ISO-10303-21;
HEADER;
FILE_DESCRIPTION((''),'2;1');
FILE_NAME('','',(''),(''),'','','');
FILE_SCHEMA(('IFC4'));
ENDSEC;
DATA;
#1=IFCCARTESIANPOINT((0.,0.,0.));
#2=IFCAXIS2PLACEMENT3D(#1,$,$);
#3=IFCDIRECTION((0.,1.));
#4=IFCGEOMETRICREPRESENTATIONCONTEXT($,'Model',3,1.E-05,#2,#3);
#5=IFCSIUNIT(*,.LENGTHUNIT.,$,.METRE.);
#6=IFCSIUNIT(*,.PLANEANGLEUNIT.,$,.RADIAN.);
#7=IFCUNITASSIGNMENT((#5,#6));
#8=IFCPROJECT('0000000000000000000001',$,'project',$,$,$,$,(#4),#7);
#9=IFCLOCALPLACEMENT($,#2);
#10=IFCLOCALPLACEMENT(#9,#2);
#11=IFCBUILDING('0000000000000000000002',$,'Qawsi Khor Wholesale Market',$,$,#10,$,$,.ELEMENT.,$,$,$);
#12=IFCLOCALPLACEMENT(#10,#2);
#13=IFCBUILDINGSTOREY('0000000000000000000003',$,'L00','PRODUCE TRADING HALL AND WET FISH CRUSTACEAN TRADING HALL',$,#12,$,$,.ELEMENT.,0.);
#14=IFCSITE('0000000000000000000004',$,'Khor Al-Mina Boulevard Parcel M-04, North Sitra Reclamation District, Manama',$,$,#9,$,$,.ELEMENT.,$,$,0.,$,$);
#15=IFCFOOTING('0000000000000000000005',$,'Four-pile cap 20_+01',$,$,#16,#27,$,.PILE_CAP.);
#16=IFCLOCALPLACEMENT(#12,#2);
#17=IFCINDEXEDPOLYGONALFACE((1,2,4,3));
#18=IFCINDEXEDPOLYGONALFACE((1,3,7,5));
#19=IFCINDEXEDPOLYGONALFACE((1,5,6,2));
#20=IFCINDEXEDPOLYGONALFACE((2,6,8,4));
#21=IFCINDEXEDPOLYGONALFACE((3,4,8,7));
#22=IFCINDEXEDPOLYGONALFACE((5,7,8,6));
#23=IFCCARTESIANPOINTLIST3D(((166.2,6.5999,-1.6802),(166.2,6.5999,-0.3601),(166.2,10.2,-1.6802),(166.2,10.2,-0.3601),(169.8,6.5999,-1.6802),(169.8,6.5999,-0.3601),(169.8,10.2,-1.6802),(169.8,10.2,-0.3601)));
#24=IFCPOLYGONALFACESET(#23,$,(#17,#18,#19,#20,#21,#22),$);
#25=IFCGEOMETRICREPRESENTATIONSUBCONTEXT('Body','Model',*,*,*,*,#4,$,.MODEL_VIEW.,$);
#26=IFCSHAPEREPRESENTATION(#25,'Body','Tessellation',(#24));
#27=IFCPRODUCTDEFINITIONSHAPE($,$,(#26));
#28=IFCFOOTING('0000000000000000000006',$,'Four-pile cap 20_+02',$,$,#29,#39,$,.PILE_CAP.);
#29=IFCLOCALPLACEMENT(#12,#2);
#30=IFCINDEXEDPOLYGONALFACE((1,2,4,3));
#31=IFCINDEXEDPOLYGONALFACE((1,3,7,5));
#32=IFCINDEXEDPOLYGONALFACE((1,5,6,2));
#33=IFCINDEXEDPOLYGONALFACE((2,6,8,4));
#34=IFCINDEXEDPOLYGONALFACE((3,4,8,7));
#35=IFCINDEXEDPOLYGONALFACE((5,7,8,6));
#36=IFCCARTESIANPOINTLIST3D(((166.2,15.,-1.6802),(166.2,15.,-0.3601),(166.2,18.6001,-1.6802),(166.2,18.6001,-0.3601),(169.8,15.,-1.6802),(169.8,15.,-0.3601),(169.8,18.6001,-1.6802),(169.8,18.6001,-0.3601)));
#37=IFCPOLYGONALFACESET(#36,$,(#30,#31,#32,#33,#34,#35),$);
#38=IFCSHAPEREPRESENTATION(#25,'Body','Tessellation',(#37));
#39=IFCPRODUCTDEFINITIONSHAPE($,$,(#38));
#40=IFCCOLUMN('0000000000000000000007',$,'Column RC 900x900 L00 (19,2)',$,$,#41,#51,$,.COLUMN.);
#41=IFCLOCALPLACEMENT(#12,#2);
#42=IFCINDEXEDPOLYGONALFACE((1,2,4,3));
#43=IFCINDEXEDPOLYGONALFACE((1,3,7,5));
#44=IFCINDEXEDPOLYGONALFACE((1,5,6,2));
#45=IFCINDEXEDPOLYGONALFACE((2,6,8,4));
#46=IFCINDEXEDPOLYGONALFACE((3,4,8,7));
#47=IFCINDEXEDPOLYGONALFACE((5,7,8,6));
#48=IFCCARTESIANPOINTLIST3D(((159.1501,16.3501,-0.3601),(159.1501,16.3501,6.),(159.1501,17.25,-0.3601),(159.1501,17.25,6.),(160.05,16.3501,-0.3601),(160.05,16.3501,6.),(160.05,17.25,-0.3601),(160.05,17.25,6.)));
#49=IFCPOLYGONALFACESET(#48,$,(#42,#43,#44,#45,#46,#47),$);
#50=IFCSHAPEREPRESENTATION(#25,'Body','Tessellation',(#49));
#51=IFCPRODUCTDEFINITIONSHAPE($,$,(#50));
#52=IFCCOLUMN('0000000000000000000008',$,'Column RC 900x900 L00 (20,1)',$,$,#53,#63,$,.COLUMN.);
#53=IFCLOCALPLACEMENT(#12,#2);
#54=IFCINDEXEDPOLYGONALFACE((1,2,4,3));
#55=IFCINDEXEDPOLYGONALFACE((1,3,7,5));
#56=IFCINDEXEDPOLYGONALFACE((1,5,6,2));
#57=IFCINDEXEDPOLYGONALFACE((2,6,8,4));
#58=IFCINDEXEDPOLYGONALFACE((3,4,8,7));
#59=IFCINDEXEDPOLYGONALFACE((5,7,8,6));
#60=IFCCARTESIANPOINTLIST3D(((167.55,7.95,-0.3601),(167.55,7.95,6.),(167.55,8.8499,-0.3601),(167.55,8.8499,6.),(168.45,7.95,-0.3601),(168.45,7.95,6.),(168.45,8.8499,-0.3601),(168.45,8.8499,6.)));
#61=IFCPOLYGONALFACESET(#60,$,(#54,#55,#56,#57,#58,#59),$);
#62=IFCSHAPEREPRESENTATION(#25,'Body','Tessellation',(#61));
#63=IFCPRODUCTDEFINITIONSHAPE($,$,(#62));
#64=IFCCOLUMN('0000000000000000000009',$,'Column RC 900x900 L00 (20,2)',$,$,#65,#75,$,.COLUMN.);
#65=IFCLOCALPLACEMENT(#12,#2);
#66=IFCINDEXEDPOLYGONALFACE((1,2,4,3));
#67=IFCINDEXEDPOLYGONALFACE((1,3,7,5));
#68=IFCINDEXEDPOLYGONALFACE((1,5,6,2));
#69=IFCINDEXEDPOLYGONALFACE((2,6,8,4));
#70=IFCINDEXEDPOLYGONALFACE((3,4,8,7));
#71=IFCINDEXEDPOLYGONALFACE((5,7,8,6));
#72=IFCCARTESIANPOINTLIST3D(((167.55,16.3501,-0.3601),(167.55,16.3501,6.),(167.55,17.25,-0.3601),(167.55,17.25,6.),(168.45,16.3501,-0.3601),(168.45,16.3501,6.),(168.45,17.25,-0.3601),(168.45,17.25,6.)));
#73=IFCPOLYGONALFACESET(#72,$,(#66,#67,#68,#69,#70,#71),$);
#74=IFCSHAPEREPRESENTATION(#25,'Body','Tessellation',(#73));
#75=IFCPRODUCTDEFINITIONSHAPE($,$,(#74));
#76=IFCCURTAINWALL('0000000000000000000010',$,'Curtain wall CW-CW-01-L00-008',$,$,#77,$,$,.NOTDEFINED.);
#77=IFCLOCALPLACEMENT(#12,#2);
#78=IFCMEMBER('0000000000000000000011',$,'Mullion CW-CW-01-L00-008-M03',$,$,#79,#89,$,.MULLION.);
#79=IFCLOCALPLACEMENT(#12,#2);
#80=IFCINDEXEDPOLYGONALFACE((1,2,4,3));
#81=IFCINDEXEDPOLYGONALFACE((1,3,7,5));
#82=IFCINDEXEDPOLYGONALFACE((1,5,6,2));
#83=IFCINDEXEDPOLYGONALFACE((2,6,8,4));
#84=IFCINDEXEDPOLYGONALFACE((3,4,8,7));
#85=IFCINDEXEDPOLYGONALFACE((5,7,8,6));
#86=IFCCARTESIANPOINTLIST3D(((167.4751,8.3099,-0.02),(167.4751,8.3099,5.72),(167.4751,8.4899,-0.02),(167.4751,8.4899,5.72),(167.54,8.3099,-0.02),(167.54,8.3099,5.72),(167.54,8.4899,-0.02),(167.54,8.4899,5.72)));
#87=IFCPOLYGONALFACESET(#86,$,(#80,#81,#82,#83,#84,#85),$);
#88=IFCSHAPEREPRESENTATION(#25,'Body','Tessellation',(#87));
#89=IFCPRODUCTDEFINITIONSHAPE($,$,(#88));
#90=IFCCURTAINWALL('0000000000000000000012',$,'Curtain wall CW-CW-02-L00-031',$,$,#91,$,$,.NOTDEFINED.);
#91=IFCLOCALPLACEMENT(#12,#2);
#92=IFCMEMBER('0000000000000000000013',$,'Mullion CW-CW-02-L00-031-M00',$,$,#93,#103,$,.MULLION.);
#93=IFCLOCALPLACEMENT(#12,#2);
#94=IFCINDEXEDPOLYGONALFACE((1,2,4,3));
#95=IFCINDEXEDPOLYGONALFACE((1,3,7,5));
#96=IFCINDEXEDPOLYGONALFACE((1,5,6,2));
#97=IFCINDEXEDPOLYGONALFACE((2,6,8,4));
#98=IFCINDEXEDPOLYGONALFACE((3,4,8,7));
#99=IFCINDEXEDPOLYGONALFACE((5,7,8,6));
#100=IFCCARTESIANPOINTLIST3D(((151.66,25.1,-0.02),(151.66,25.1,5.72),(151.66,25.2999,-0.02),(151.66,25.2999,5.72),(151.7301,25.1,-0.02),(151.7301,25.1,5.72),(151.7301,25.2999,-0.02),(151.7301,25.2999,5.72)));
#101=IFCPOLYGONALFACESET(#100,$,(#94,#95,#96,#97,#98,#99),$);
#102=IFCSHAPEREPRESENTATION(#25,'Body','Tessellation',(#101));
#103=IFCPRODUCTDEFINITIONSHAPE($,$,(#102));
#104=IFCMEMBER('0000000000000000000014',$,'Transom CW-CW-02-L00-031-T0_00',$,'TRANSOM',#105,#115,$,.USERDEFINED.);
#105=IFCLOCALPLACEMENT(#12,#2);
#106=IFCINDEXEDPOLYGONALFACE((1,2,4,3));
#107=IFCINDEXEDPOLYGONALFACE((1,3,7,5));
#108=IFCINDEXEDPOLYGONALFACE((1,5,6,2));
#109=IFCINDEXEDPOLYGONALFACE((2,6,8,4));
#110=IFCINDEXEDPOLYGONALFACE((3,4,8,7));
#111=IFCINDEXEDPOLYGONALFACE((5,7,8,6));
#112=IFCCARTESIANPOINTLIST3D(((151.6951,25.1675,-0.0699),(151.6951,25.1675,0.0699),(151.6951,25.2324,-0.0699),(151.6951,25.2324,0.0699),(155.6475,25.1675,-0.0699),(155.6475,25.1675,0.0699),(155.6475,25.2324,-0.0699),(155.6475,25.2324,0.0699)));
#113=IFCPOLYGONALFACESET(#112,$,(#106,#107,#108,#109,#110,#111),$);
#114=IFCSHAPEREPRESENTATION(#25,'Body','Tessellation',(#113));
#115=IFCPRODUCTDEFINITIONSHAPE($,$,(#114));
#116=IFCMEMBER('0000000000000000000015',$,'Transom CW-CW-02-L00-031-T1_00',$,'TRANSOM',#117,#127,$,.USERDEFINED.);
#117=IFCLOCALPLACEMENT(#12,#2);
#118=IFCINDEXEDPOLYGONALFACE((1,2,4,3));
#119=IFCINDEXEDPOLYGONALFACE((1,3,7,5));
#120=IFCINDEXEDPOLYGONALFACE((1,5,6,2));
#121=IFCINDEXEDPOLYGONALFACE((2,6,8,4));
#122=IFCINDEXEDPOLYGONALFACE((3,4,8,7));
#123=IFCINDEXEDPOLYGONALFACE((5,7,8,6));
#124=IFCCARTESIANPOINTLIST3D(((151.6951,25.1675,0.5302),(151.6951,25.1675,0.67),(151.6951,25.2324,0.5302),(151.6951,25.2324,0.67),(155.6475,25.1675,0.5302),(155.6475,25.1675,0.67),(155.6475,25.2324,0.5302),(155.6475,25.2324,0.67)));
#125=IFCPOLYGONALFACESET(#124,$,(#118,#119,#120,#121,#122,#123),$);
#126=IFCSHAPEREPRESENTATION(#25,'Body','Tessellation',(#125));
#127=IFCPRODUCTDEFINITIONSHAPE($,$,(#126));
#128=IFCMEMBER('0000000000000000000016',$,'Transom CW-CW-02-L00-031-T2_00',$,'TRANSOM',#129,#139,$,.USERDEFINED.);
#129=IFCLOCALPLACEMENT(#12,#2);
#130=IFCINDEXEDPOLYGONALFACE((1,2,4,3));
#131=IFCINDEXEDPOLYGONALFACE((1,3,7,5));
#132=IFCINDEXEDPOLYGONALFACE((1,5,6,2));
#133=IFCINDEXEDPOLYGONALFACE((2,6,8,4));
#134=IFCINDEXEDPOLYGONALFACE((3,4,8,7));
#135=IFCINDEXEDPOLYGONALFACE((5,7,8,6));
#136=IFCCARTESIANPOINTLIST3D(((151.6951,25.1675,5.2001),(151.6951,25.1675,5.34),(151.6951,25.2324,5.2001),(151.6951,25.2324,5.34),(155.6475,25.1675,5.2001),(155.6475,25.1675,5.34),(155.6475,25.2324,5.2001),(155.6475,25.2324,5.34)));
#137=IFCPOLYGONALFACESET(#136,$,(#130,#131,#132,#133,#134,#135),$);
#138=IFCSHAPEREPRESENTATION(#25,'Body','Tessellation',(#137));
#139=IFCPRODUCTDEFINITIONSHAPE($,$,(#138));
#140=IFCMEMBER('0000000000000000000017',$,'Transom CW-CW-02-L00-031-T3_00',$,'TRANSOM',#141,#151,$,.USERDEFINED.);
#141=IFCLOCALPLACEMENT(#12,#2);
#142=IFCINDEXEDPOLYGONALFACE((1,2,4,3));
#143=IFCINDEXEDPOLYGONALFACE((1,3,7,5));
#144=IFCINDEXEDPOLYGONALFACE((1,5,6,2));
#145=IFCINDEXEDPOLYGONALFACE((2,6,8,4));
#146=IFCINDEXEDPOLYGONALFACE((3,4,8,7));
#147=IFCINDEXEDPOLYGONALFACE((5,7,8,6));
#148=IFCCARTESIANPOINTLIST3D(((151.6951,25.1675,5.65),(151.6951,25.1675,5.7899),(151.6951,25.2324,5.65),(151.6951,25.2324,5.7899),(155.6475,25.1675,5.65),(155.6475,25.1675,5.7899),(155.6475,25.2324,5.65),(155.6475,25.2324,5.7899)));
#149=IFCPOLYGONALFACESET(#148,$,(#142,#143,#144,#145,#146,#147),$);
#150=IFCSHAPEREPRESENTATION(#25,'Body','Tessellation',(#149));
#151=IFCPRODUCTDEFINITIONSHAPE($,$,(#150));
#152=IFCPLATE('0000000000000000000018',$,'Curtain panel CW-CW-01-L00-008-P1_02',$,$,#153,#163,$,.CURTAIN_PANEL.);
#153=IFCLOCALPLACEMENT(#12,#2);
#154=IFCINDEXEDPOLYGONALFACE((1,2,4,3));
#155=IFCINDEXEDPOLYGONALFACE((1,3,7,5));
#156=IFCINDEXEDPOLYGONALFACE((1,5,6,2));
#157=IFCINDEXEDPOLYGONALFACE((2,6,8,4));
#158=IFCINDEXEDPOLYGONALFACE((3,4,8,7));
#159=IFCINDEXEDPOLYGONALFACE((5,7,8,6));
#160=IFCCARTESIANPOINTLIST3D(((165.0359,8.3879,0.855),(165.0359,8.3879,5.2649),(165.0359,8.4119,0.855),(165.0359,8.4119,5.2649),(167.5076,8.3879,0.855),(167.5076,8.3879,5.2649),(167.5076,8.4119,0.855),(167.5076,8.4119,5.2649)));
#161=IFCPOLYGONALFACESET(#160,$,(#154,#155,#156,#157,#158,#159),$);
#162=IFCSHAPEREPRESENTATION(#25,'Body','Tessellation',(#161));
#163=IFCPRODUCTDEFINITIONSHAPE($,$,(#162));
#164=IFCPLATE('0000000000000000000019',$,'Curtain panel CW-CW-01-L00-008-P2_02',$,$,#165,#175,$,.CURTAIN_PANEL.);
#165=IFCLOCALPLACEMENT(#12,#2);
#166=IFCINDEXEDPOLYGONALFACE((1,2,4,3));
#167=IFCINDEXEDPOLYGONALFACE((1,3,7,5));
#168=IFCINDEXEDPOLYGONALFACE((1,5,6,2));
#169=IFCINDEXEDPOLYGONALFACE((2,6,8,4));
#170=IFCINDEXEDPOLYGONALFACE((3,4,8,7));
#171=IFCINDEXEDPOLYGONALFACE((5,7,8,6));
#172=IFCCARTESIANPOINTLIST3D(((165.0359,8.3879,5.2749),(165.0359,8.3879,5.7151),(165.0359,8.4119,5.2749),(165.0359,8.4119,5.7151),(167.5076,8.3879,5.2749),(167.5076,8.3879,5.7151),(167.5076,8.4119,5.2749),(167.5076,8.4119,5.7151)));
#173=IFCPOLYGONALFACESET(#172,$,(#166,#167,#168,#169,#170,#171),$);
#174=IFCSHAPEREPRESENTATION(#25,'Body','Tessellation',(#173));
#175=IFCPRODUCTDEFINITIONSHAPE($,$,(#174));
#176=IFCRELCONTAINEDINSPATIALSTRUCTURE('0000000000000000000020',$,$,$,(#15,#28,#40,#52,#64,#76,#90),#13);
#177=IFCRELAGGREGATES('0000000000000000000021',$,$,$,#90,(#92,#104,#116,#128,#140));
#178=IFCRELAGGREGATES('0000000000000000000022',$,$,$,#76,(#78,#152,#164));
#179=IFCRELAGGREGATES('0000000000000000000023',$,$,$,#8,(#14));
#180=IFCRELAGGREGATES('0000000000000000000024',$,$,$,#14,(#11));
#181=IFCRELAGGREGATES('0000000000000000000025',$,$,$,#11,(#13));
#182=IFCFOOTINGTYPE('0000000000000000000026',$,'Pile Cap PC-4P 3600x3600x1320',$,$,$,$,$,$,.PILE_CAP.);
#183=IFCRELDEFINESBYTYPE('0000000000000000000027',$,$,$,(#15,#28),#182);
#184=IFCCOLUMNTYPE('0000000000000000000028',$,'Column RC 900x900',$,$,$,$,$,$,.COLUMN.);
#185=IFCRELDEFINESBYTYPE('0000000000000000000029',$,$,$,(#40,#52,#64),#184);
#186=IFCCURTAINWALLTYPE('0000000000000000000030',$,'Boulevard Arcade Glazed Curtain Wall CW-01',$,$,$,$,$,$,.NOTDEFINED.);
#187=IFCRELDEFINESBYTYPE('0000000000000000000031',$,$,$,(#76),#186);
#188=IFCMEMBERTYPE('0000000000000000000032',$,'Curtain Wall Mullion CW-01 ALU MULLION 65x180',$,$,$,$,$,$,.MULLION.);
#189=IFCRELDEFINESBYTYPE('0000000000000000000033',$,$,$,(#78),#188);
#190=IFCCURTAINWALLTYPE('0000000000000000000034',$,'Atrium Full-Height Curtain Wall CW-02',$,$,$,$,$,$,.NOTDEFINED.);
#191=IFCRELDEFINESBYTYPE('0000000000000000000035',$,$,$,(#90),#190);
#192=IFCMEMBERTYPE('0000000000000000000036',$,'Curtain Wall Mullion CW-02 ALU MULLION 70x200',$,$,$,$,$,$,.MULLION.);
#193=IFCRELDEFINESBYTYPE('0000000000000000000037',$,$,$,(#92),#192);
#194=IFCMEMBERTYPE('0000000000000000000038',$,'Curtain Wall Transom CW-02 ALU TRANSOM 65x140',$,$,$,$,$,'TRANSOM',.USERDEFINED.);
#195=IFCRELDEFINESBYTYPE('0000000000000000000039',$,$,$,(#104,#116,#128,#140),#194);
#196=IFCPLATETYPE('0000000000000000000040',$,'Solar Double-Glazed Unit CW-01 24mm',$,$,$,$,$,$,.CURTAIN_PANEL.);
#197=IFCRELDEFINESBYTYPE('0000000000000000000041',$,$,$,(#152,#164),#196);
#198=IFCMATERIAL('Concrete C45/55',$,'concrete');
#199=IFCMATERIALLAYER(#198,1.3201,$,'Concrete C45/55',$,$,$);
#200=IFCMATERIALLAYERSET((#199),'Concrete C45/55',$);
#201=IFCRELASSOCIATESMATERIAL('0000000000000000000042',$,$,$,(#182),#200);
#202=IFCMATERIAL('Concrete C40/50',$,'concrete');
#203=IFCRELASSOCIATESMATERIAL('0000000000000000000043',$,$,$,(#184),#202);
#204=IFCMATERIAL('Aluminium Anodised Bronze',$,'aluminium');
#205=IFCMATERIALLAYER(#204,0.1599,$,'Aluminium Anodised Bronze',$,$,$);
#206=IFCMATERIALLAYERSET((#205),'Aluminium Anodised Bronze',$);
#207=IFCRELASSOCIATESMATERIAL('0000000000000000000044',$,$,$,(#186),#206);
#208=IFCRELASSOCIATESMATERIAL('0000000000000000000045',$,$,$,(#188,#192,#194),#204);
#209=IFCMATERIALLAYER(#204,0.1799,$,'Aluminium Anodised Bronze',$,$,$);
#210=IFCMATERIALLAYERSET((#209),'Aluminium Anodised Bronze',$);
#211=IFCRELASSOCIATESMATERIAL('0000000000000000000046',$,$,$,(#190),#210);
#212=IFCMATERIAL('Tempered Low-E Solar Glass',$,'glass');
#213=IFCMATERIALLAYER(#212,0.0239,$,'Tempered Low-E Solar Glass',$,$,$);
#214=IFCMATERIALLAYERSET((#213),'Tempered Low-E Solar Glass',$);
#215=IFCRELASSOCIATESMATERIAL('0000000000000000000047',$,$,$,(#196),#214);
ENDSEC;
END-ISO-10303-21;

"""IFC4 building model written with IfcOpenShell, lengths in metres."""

from ifc_helpers import new_model, si_unit, direction, frame, frame_2d, origin, origin_2d, place, context, subcontext, project, spatial, rectangle, extrude, material, layer, layer_set, material_profile, profile_set, type_object, element, aggregate, save


model = new_model("IFC4")

# Units and contexts
model_context = context("Model", 3, precision=1e-05, world=origin(), true_north=direction((0.0, 1.0)))
body_context = subcontext(model_context, "Body", "Model", "MODEL_VIEW")
ifc_project = project(units=[si_unit("LENGTHUNIT", "METRE"), si_unit("PLANEANGLEUNIT", "RADIAN")], contexts=[model_context])

# Site, building, storey
site_placement = place(None, origin())
site = spatial("IfcSite", under=ifc_project, at=site_placement, Name="Khor Al-Mina Boulevard Parcel M-04, North Sitra Reclamation District, Manama", CompositionType="ELEMENT", RefElevation=0.0)
building_placement = place(site_placement, origin())
building = spatial("IfcBuilding", under=site, at=building_placement, Name="Qawsi Khor Wholesale Market", CompositionType="ELEMENT")
storey_placement = place(building_placement, origin())
storey = spatial("IfcBuildingStorey", under=building, at=storey_placement, Name="L00", Description="PRODUCE TRADING HALL AND WET FISH CRUSTACEAN TRADING HALL", CompositionType="ELEMENT", Elevation=0.0)

# Shared definitions
ifc_material_1 = material(Name="Concrete C45/55", Category="concrete")

# Footings
ifc_layer_1 = layer(ifc_material_1, 1.3201, Name="Concrete C45/55")
ifc_layer_set_1 = layer_set([ifc_layer_1], Name="Concrete C45/55")
footing_type_1 = type_object("IfcFootingType", Name="Pile Cap PC-4P 3600x3600x1320", PredefinedType="PILE_CAP", material=ifc_layer_set_1)
for number, where, z_axis, x_axis, name in (
    (1, (168.0, 8.3999, -1.6802), (0.0, 0.0, 1.0), (1.0, 0.0, 0.0), "Four-pile cap 20_+01"),
    (2, (168.0, 16.8, -1.6802), (0.0, 0.0, 1.0), (1.0, 0.0, 0.0), "Four-pile cap 20_+02"),
):
    element("IfcFooting", number, at=place(storey_placement, frame(where, z_axis=z_axis, x_axis=x_axis)), inside=storey, type_object=footing_type_1, Name=name, PredefinedType="PILE_CAP", context=body_context, shape_type="SweptSolid", body=[
        extrude(rectangle(XDim=3.6001, YDim=3.6001, at=origin_2d()), origin(), (0.0, 0.0, 1.0), 1.3201),
    ])

# Columns
ifc_material_2 = material(Name="Concrete C40/50", Category="concrete")
ifc_material_profile_1 = material_profile(ifc_material_2, rectangle(XDim=0.8999, YDim=0.8999, at=origin_2d()), Name="RC 900x900")
ifc_profile_set_1 = profile_set([ifc_material_profile_1], Name="Concrete C40/50")
column_type = type_object("IfcColumnType", Name="Column RC 900x900", PredefinedType="COLUMN", material=ifc_profile_set_1)
for number, where, z_axis, x_axis, name in (
    (3, (159.6001, 16.8, -0.3601), (0.0, 0.0, 1.0), (1.0, 0.0, 0.0), "Column RC 900x900 L00 (19,2)"),
    (4, (168.0, 8.3999, -0.3601), (0.0, 0.0, 1.0), (1.0, 0.0, 0.0), "Column RC 900x900 L00 (20,1)"),
    (5, (168.0, 16.8, -0.3601), (0.0, 0.0, 1.0), (1.0, 0.0, 0.0), "Column RC 900x900 L00 (20,2)"),
):
    element("IfcColumn", number, at=place(storey_placement, frame(where, z_axis=z_axis, x_axis=x_axis)), inside=storey, type_object=column_type, Name=name, PredefinedType="COLUMN", context=body_context, shape_type="SweptSolid", body=[
        extrude(rectangle(XDim=0.8999, YDim=0.8999, at=origin_2d()), origin(), (0.0, 0.0, 1.0), 6.3601),
    ])

# Curtain wall, member
ifc_material_3 = material(Name="Aluminium Anodised Bronze", Category="aluminium")
ifc_layer_2 = layer(ifc_material_3, 0.1599, Name="Aluminium Anodised Bronze")
ifc_layer_set_2 = layer_set([ifc_layer_2], Name="Aluminium Anodised Bronze")
curtain_wall_type_1 = type_object("IfcCurtainWallType", Name="Boulevard Arcade Glazed Curtain Wall CW-01", PredefinedType="NOTDEFINED", material=ifc_layer_set_2)
curtain_wall_1_placement = place(storey_placement, origin())
curtain_wall_1 = element("IfcCurtainWall", 6, at=curtain_wall_1_placement, inside=storey, type_object=curtain_wall_type_1, Name="Curtain wall CW-CW-01-L00-008", PredefinedType="NOTDEFINED")
ifc_material_profile_2 = material_profile(ifc_material_3, rectangle(XDim=0.0649, YDim=0.1799, at=origin_2d()), Name="ALU MULLION 65x180")
ifc_profile_set_2 = profile_set([ifc_material_profile_2], Name="Aluminium Anodised Bronze")
member_type_1 = type_object("IfcMemberType", Name="Curtain Wall Mullion CW-01 ALU MULLION 65x180", PredefinedType="MULLION", material=ifc_profile_set_2)
member_1_placement = place(storey_placement, frame((167.5076, 8.3999, -0.02), z_axis=(0.0, 0.0, 1.0), x_axis=(1.0, 0.0, 0.0)))
member_1 = element("IfcMember", 7, at=member_1_placement, type_object=member_type_1, Name="Mullion CW-CW-01-L00-008-M03", PredefinedType="MULLION", context=body_context, shape_type="SweptSolid", body=[
    extrude(rectangle(XDim=0.0649, YDim=0.1799, at=origin_2d()), origin(), (0.0, 0.0, 1.0), 5.74),
])

# Curtain wall, members
ifc_layer_3 = layer(ifc_material_3, 0.1799, Name="Aluminium Anodised Bronze")
ifc_layer_set_3 = layer_set([ifc_layer_3], Name="Aluminium Anodised Bronze")
curtain_wall_type_2 = type_object("IfcCurtainWallType", Name="Atrium Full-Height Curtain Wall CW-02", PredefinedType="NOTDEFINED", material=ifc_layer_set_3)
curtain_wall_2_placement = place(storey_placement, origin())
curtain_wall_2 = element("IfcCurtainWall", 8, at=curtain_wall_2_placement, inside=storey, type_object=curtain_wall_type_2, Name="Curtain wall CW-CW-02-L00-031", PredefinedType="NOTDEFINED")
ifc_material_profile_3 = material_profile(ifc_material_3, rectangle(XDim=0.0701, YDim=0.2, at=origin_2d()), Name="ALU MULLION 70x200")
ifc_profile_set_3 = profile_set([ifc_material_profile_3], Name="Aluminium Anodised Bronze")
member_type_2 = type_object("IfcMemberType", Name="Curtain Wall Mullion CW-02 ALU MULLION 70x200", PredefinedType="MULLION", material=ifc_profile_set_3)
member_2_placement = place(storey_placement, frame((151.6951, 25.2, -0.02), z_axis=(0.0, 0.0, 1.0), x_axis=(1.0, 0.0, 0.0)))
member_2 = element("IfcMember", 9, at=member_2_placement, type_object=member_type_2, Name="Mullion CW-CW-02-L00-031-M00", PredefinedType="MULLION", context=body_context, shape_type="SweptSolid", body=[
    extrude(rectangle(XDim=0.0701, YDim=0.2, at=origin_2d()), origin(), (0.0, 0.0, 1.0), 5.74),
])
ifc_material_profile_4 = material_profile(ifc_material_3, rectangle(XDim=0.0649, YDim=0.1399, at=origin_2d()), Name="ALU TRANSOM 65x140")
ifc_profile_set_4 = profile_set([ifc_material_profile_4], Name="Aluminium Anodised Bronze")
member_type_3 = type_object("IfcMemberType", Name="Curtain Wall Transom CW-02 ALU TRANSOM 65x140", ElementType="TRANSOM", PredefinedType="USERDEFINED", material=ifc_profile_set_4)
member_3_placement = place(storey_placement, frame((151.6951, 25.2, 0.0), z_axis=(1.0, 0.0, 0.0), x_axis=(0.0, 1.0, 0.0)))
member_3 = element("IfcMember", 10, at=member_3_placement, type_object=member_type_3, Name="Transom CW-CW-02-L00-031-T0_00", ObjectType="TRANSOM", PredefinedType="USERDEFINED", context=body_context, shape_type="SweptSolid", body=[
    extrude(rectangle(XDim=0.0649, YDim=0.1399, at=origin_2d()), origin(), (0.0, 0.0, 1.0), 3.9524),
])
member_4_placement = place(storey_placement, frame((151.6951, 25.2, 0.6001), z_axis=(1.0, 0.0, 0.0), x_axis=(0.0, 1.0, 0.0)))
member_4 = element("IfcMember", 11, at=member_4_placement, type_object=member_type_3, Name="Transom CW-CW-02-L00-031-T1_00", ObjectType="TRANSOM", PredefinedType="USERDEFINED", context=body_context, shape_type="SweptSolid", body=[
    extrude(rectangle(XDim=0.0649, YDim=0.1399, at=origin_2d()), origin(), (0.0, 0.0, 1.0), 3.9524),
])
member_5_placement = place(storey_placement, frame((151.6951, 25.2, 5.27), z_axis=(1.0, 0.0, 0.0), x_axis=(0.0, 1.0, 0.0)))
member_5 = element("IfcMember", 12, at=member_5_placement, type_object=member_type_3, Name="Transom CW-CW-02-L00-031-T2_00", ObjectType="TRANSOM", PredefinedType="USERDEFINED", context=body_context, shape_type="SweptSolid", body=[
    extrude(rectangle(XDim=0.0649, YDim=0.1399, at=origin_2d()), origin(), (0.0, 0.0, 1.0), 3.9524),
])
member_6_placement = place(storey_placement, frame((151.6951, 25.2, 5.72), z_axis=(1.0, 0.0, 0.0), x_axis=(0.0, 1.0, 0.0)))
member_6 = element("IfcMember", 13, at=member_6_placement, type_object=member_type_3, Name="Transom CW-CW-02-L00-031-T3_00", ObjectType="TRANSOM", PredefinedType="USERDEFINED", context=body_context, shape_type="SweptSolid", body=[
    extrude(rectangle(XDim=0.0649, YDim=0.1399, at=origin_2d()), origin(), (0.0, 0.0, 1.0), 3.9524),
])
aggregate(curtain_wall_2, [member_2, member_3, member_4, member_5, member_6])

# Plates
ifc_material_4 = material(Name="Tempered Low-E Solar Glass", Category="glass")
ifc_layer_4 = layer(ifc_material_4, 0.0239, Name="Tempered Low-E Solar Glass")
ifc_layer_set_4 = layer_set([ifc_layer_4], Name="Tempered Low-E Solar Glass")
plate_type = type_object("IfcPlateType", Name="Solar Double-Glazed Unit CW-01 24mm", PredefinedType="CURTAIN_PANEL", material=ifc_layer_set_4)
plate_1_placement = place(storey_placement, frame((165.0359, 8.3999, 0.855), z_axis=(0.0, 0.0, 1.0), x_axis=(1.0, 0.0, 0.0)))
plate_1 = element("IfcPlate", 14, at=plate_1_placement, type_object=plate_type, Name="Curtain panel CW-CW-01-L00-008-P1_02", PredefinedType="CURTAIN_PANEL", context=body_context, shape_type="SweptSolid", body=[
    extrude(rectangle(XDim=2.4717, YDim=0.0239, at=frame_2d((1.2358, 0.0))), origin(), (0.0, 0.0, 1.0), 4.4099),
])
plate_2_placement = place(storey_placement, frame((165.0359, 8.3999, 5.2749), z_axis=(0.0, 0.0, 1.0), x_axis=(1.0, 0.0, 0.0)))
plate_2 = element("IfcPlate", 15, at=plate_2_placement, type_object=plate_type, Name="Curtain panel CW-CW-01-L00-008-P2_02", PredefinedType="CURTAIN_PANEL", context=body_context, shape_type="SweptSolid", body=[
    extrude(rectangle(XDim=2.4717, YDim=0.0239, at=frame_2d((1.2358, 0.0))), origin(), (0.0, 0.0, 1.0), 0.4402),
])
aggregate(curtain_wall_1, [member_1, plate_1, plate_2])

save(model, "model.ifc")
